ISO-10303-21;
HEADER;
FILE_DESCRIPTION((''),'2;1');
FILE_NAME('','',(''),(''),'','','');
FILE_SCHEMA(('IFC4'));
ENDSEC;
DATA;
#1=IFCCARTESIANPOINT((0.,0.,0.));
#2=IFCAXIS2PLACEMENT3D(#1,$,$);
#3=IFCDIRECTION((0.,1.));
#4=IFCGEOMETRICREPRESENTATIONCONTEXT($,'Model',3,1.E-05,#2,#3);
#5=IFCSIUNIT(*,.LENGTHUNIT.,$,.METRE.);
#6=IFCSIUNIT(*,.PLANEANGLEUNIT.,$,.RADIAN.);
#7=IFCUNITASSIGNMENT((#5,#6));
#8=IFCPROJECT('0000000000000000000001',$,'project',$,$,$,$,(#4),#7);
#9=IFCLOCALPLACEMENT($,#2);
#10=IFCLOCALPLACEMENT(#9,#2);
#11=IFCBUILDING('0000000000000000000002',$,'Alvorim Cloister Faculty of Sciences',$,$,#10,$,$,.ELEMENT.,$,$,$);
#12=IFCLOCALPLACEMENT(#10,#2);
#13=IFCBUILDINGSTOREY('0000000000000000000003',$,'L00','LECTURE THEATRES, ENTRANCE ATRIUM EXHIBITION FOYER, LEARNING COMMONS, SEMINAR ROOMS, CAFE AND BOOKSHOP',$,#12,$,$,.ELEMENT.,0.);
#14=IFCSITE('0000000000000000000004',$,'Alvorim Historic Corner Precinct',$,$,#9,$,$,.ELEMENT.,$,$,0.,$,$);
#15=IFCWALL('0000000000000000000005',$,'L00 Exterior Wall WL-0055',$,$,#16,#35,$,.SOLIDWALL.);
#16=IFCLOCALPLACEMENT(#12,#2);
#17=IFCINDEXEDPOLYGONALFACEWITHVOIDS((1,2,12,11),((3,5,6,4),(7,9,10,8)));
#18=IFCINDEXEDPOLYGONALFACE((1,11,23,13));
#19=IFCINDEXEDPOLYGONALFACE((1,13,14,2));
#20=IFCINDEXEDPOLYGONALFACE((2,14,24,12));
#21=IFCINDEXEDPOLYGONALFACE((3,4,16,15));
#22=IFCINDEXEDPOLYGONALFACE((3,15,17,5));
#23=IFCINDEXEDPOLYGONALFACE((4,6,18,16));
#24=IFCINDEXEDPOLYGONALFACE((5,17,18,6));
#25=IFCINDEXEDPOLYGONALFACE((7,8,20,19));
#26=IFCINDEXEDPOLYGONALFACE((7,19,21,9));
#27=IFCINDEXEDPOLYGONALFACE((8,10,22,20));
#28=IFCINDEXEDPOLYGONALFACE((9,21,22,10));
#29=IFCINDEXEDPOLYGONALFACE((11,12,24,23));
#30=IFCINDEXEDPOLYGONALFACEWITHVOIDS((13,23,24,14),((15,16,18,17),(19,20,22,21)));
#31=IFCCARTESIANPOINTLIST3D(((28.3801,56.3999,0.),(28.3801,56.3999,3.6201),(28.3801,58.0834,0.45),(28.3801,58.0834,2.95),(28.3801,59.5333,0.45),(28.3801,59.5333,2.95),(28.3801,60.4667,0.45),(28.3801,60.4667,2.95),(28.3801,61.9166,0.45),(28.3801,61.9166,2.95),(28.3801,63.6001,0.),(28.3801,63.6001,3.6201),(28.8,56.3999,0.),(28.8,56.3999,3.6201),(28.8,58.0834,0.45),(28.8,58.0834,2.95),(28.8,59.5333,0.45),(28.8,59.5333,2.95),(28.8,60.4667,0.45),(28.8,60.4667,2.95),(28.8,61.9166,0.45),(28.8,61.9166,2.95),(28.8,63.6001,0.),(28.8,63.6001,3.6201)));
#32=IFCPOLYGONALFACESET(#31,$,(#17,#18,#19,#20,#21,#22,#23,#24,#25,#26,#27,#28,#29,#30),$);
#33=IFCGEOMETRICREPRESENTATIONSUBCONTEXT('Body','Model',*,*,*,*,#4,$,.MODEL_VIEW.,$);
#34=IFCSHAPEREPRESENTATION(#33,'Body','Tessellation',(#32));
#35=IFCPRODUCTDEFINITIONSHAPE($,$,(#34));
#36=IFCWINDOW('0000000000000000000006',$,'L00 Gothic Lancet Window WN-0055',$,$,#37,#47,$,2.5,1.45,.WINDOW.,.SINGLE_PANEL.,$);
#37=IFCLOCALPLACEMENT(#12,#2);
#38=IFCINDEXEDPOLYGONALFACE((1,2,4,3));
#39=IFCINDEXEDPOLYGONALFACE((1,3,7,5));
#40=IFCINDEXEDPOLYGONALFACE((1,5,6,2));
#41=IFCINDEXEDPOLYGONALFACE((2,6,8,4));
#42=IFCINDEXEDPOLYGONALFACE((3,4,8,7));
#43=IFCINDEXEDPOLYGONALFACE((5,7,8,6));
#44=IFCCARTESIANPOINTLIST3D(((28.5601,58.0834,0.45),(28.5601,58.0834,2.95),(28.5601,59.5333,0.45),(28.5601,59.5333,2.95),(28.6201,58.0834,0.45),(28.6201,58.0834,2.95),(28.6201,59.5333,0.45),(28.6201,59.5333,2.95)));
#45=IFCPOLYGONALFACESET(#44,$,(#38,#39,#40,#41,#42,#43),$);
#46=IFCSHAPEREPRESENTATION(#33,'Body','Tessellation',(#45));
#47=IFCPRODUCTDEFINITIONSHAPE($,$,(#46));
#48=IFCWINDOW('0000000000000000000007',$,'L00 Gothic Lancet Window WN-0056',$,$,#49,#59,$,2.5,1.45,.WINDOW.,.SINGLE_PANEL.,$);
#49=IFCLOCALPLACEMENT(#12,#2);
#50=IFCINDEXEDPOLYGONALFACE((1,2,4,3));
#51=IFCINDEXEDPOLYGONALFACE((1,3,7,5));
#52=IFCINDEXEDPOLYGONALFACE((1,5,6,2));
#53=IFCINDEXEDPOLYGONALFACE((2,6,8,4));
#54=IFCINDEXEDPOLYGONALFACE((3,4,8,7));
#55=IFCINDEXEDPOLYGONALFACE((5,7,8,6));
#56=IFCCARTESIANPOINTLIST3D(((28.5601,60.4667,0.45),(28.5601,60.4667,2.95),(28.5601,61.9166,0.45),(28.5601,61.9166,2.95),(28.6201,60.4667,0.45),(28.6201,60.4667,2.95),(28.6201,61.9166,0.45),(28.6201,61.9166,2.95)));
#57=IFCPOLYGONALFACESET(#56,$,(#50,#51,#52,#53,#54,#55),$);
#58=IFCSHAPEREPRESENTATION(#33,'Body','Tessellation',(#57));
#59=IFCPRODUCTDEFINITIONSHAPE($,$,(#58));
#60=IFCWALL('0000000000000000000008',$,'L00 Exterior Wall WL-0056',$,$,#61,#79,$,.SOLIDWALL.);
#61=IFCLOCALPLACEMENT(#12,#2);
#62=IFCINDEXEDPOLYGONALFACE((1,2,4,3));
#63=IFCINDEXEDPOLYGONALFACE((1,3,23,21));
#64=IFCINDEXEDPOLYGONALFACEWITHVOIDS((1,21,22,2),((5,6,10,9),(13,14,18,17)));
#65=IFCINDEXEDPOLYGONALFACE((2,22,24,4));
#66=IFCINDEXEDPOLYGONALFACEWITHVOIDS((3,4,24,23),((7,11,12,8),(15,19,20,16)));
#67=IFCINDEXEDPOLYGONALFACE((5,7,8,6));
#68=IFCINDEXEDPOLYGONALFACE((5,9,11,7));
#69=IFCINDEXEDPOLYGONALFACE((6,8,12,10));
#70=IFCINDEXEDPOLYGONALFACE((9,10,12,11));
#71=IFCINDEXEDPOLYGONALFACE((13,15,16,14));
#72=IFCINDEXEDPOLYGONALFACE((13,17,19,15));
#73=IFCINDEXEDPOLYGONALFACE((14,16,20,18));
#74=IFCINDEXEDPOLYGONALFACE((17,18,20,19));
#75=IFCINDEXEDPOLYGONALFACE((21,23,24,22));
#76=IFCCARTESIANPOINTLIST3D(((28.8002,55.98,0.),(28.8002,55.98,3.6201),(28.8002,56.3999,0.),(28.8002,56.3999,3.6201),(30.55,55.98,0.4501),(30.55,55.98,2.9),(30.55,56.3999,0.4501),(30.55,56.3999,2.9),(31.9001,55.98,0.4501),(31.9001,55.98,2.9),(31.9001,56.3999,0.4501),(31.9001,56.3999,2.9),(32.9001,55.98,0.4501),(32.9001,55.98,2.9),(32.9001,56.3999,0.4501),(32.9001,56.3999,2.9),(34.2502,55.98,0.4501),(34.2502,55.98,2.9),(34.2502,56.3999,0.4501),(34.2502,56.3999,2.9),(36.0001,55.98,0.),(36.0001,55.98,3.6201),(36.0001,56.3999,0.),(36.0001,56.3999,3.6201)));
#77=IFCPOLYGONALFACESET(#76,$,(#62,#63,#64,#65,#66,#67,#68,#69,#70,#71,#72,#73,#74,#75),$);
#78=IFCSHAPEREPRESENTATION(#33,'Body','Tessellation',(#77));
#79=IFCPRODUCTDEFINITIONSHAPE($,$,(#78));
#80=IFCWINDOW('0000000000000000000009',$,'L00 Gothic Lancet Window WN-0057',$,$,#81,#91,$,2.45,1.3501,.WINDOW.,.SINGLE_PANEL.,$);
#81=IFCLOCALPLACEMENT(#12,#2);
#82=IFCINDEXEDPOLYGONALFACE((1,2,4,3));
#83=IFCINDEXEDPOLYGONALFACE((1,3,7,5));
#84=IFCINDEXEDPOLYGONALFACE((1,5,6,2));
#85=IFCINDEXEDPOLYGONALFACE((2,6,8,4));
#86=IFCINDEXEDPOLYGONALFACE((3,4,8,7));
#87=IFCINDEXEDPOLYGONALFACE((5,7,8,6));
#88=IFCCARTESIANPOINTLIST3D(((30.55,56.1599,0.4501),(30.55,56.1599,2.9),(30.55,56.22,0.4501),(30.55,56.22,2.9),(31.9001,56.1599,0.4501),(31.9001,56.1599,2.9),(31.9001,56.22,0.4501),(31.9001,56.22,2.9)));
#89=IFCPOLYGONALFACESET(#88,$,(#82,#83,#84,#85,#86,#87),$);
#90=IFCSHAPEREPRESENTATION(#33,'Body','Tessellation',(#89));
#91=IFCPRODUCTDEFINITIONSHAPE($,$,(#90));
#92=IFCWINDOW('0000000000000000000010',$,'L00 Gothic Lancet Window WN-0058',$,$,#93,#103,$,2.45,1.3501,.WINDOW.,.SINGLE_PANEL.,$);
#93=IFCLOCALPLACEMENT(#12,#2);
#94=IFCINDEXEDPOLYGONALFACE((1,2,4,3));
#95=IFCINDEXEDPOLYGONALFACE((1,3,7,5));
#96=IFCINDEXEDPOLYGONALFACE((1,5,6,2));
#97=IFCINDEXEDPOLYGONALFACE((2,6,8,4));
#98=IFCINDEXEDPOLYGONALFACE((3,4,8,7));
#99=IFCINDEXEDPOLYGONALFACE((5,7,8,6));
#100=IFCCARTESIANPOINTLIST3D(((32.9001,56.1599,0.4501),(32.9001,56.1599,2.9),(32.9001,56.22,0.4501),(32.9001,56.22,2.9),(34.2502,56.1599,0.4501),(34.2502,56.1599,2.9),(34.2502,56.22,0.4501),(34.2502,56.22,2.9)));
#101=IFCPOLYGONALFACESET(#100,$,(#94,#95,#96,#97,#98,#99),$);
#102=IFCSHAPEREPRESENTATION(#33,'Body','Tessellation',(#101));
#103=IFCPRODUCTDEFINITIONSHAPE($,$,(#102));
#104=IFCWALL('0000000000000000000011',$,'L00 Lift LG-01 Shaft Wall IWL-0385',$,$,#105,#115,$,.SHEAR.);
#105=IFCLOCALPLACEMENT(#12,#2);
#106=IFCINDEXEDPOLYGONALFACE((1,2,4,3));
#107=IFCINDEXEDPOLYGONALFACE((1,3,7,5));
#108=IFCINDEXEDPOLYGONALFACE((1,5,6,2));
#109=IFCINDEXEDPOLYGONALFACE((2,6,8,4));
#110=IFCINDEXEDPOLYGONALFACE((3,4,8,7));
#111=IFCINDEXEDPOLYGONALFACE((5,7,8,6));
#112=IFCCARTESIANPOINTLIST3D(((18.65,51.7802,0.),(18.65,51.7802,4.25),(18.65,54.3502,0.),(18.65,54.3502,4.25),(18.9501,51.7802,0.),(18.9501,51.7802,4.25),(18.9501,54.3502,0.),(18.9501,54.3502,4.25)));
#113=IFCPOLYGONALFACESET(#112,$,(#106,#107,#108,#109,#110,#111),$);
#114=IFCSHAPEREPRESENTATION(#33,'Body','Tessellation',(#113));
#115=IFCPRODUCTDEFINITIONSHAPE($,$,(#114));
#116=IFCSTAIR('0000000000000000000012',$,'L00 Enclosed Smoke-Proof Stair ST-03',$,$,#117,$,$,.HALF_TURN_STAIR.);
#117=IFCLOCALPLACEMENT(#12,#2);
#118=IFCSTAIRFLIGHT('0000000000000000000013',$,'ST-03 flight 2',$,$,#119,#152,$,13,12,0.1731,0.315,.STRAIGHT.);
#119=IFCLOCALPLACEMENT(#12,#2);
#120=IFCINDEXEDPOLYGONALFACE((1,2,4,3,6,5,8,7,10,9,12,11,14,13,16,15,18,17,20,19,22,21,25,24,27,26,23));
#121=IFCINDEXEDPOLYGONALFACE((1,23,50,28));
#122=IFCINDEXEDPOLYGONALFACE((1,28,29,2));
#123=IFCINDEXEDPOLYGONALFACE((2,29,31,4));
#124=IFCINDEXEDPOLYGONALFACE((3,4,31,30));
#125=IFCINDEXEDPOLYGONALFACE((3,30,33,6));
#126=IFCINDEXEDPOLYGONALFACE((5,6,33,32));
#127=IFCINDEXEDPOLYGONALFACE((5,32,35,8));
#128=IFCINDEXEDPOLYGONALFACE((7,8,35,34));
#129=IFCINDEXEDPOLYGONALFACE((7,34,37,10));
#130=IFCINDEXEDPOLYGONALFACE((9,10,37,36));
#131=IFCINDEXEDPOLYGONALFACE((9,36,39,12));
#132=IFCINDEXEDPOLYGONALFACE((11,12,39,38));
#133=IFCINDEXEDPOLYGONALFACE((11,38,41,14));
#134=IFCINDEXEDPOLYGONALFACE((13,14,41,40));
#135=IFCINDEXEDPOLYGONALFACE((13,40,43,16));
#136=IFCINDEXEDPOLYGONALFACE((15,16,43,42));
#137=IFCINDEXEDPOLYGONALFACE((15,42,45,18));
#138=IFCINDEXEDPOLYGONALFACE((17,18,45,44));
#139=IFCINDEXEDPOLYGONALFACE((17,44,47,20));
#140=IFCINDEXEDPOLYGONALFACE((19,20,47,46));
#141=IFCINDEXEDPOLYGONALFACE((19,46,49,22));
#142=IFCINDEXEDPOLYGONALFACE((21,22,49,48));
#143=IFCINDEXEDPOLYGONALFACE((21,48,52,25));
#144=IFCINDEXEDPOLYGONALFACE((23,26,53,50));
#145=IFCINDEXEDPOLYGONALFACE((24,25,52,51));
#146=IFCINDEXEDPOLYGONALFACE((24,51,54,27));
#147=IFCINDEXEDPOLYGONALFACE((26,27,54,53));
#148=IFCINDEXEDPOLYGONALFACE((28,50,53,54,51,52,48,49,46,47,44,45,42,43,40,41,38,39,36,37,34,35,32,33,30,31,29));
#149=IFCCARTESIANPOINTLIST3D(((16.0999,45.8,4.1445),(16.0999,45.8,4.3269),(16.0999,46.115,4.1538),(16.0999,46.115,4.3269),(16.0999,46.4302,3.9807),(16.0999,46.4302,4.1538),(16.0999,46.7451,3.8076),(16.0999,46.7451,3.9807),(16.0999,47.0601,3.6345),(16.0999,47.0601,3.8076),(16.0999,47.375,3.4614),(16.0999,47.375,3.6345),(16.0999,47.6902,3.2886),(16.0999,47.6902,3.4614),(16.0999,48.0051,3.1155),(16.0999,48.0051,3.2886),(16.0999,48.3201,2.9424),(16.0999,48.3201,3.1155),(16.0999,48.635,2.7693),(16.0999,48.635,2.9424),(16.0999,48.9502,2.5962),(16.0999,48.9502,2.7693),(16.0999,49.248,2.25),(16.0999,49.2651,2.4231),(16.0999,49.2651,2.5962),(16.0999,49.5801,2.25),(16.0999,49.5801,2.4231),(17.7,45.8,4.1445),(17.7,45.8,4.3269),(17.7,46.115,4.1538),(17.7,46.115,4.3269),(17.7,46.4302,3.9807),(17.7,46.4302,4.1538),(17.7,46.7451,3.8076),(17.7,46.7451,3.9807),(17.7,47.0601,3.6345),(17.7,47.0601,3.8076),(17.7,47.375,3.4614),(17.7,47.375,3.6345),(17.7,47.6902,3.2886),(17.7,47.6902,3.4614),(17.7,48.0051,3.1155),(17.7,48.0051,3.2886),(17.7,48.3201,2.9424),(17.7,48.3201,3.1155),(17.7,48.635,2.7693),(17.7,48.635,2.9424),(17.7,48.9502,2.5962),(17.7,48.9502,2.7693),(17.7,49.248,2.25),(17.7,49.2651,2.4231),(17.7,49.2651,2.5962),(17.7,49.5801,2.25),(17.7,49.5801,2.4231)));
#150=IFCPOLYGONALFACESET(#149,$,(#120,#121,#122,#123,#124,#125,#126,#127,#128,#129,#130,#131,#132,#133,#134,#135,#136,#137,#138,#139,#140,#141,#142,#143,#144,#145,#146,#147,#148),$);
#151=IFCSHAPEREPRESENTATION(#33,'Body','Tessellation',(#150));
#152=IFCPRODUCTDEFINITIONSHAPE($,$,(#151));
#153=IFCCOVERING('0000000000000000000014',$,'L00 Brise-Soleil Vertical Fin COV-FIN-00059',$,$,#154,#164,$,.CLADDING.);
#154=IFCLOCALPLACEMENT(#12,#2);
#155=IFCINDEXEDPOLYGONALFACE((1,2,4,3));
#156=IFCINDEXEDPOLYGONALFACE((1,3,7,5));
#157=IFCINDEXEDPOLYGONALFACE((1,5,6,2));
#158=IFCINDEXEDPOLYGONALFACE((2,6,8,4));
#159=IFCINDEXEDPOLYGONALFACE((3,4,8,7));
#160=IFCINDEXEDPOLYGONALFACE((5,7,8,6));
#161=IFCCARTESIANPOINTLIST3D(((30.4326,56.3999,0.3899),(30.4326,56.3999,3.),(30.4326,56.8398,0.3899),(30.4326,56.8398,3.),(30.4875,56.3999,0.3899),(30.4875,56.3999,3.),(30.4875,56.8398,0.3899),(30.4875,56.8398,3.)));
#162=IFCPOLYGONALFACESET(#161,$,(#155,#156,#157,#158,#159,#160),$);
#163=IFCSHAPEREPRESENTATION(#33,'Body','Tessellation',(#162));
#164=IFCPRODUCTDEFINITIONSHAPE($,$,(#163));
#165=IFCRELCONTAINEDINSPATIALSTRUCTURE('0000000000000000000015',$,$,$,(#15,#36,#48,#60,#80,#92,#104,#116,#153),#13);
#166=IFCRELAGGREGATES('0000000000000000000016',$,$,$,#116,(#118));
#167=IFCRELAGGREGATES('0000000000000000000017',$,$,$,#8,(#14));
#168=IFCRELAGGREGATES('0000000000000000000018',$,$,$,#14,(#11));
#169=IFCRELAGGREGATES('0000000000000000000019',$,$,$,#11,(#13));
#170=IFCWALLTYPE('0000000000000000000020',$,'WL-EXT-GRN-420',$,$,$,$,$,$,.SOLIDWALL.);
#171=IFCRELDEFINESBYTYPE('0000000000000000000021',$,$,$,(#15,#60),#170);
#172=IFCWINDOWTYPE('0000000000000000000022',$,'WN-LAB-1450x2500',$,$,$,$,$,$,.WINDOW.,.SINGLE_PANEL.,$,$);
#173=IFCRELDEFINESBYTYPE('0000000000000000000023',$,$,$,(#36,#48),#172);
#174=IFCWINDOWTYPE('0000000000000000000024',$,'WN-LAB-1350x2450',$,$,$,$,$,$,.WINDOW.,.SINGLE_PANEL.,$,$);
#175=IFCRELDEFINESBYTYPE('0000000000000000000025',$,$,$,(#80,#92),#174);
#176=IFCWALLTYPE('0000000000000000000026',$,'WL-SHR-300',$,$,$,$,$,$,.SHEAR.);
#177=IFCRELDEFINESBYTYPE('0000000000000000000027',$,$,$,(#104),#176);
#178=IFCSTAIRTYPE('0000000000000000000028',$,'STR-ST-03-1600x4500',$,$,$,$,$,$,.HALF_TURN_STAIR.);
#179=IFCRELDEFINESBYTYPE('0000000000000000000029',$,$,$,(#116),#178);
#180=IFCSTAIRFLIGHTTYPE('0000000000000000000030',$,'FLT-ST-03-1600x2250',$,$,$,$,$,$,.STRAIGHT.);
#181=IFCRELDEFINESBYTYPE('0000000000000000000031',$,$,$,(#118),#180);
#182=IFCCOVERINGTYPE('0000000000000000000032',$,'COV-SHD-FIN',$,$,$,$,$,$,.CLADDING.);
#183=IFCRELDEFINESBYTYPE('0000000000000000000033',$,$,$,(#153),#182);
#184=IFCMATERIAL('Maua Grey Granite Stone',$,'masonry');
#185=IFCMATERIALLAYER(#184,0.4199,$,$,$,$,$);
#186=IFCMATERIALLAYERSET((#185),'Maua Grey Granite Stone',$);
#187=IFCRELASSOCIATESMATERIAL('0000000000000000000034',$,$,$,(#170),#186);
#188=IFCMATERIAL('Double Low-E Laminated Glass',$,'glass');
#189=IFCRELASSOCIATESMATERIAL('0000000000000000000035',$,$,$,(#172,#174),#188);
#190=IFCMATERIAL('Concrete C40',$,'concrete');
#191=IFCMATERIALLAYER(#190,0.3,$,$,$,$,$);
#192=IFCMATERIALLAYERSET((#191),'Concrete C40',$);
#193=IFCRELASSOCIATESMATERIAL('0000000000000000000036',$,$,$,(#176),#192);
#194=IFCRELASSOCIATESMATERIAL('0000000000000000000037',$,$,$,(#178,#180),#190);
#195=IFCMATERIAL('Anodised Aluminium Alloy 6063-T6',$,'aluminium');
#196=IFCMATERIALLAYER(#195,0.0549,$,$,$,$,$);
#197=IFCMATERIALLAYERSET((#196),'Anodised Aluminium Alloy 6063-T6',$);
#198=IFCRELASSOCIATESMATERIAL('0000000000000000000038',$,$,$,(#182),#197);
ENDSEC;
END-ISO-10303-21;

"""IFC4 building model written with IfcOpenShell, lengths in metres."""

from ifc_helpers import new_model, si_unit, direction, frame, frame_2d, origin, place, context, subcontext, project, spatial, polyline, rectangle, outline, extrude, material, layer, layer_set, type_object, element, fill, aggregate, save


model = new_model("IFC4")

# Units and contexts
model_context = context("Model", 3, precision=1e-05, world=origin(), true_north=direction((0.0, 1.0)))
body_context = subcontext(model_context, "Body", "Model", "MODEL_VIEW")
ifc_project = project(units=[si_unit("LENGTHUNIT", "METRE"), si_unit("PLANEANGLEUNIT", "RADIAN")], contexts=[model_context])

# Site, building, storey
site_placement = place(None, origin())
site = spatial("IfcSite", under=ifc_project, at=site_placement, Name="Alvorim Historic Corner Precinct", CompositionType="ELEMENT", RefElevation=0.0)
building_placement = place(site_placement, origin())
building = spatial("IfcBuilding", under=site, at=building_placement, Name="Alvorim Cloister Faculty of Sciences", CompositionType="ELEMENT")
storey_placement = place(building_placement, origin())
storey = spatial("IfcBuildingStorey", under=building, at=storey_placement, Name="L00", Description="LECTURE THEATRES, ENTRANCE ATRIUM EXHIBITION FOYER, LEARNING COMMONS, SEMINAR ROOMS, CAFE AND BOOKSHOP", CompositionType="ELEMENT", Elevation=0.0)

# Shared definitions
ifc_material_1 = material(Name="Concrete C40", Category="concrete")

# Walls, openings, windows
ifc_material_2 = material(Name="Maua Grey Granite Stone", Category="masonry")
ifc_layer_1 = layer(ifc_material_2, 0.4199)
ifc_layer_set_1 = layer_set([ifc_layer_1], Name="Maua Grey Granite Stone")
wall_type_1 = type_object("IfcWallType", Name="WL-EXT-GRN-420", PredefinedType="SOLIDWALL", material=ifc_layer_set_1)
wall_1_placement = place(storey_placement, frame((28.5901, 56.3999, 0.0), z_axis=(0.0, 0.0, 1.0), x_axis=(0.0, 1.0, 0.0)))
wall_1 = element("IfcWall", 1, at=wall_1_placement, inside=storey, type_object=wall_type_1, Name="L00 Exterior Wall WL-0055", PredefinedType="SOLIDWALL", context=body_context, shape_type="SweptSolid", body=[
    extrude(rectangle(XDim=7.2002, YDim=0.4199, at=frame_2d((3.6001, 0.0))), origin(), (0.0, 0.0, 1.0), 3.6201),
])
opening_1_placement = place(wall_1_placement, frame((1.6833, 0.0, 0.45)))
opening_1 = element("IfcOpeningElement", 2, at=opening_1_placement, cuts=wall_1, PredefinedType="OPENING", context=body_context, shape_type="SweptSolid", body=[
    extrude(rectangle(XDim=1.45, YDim=2.5, at=frame_2d((0.7251, 1.25))), frame((0.0, 0.2219, 0.0), z_axis=(0.0, -1.0, 0.0), x_axis=(1.0, 0.0, 0.0)), (0.0, 0.0, 1.0), 0.4438),
])
opening_2_placement = place(wall_1_placement, frame((4.0667, 0.0, 0.45)))
opening_2 = element("IfcOpeningElement", 3, at=opening_2_placement, cuts=wall_1, PredefinedType="OPENING", context=body_context, shape_type="SweptSolid", body=[
    extrude(rectangle(XDim=1.45, YDim=2.5, at=frame_2d((0.7251, 1.25))), frame((0.0, 0.2219, 0.0), z_axis=(0.0, -1.0, 0.0), x_axis=(1.0, 0.0, 0.0)), (0.0, 0.0, 1.0), 0.4438),
])
ifc_material_3 = material(Name="Double Low-E Laminated Glass", Category="glass")
window_type_1 = type_object("IfcWindowType", Name="WN-LAB-1450x2500", PartitioningType="SINGLE_PANEL", PredefinedType="WINDOW", material=ifc_material_3)
window_1_placement = place(opening_1_placement, origin())
window_1 = element("IfcWindow", 4, at=window_1_placement, inside=storey, type_object=window_type_1, Name="L00 Gothic Lancet Window WN-0055", OverallHeight=2.5, OverallWidth=1.45, PartitioningType="SINGLE_PANEL", PredefinedType="WINDOW", context=body_context, shape_type="SweptSolid", body=[
    extrude(rectangle(XDim=1.45, YDim=2.5, at=frame_2d((0.7251, 1.25))), frame((0.0, 0.03, 0.0), z_axis=(0.0, -1.0, 0.0), x_axis=(1.0, 0.0, 0.0)), (0.0, 0.0, 1.0), 0.0601),
])
fill(opening_1, window_1)
window_2_placement = place(opening_2_placement, origin())
window_2 = element("IfcWindow", 5, at=window_2_placement, inside=storey, type_object=window_type_1, Name="L00 Gothic Lancet Window WN-0056", OverallHeight=2.5, OverallWidth=1.45, PartitioningType="SINGLE_PANEL", PredefinedType="WINDOW", context=body_context, shape_type="SweptSolid", body=[
    extrude(rectangle(XDim=1.45, YDim=2.5, at=frame_2d((0.7251, 1.25))), frame((0.0, 0.03, 0.0), z_axis=(0.0, -1.0, 0.0), x_axis=(1.0, 0.0, 0.0)), (0.0, 0.0, 1.0), 0.0601),
])
fill(opening_2, window_2)
wall_2_placement = place(storey_placement, frame((28.8, 56.1899, 0.0), z_axis=(0.0, 0.0, 1.0), x_axis=(1.0, 0.0, 0.0)))
wall_2 = element("IfcWall", 6, at=wall_2_placement, inside=storey, type_object=wall_type_1, Name="L00 Exterior Wall WL-0056", PredefinedType="SOLIDWALL", context=body_context, shape_type="SweptSolid", body=[
    extrude(rectangle(XDim=7.2, YDim=0.4199, at=frame_2d((3.6001, 0.0))), origin(), (0.0, 0.0, 1.0), 3.6201),
])
opening_3_placement = place(wall_2_placement, frame((1.75, 0.0, 0.45)))
opening_3 = element("IfcOpeningElement", 7, at=opening_3_placement, cuts=wall_2, PredefinedType="OPENING", context=body_context, shape_type="SweptSolid", body=[
    extrude(rectangle(XDim=1.3501, YDim=2.45, at=frame_2d((0.675, 1.2251))), frame((0.0, 0.2219, 0.0), z_axis=(0.0, -1.0, 0.0), x_axis=(1.0, 0.0, 0.0)), (0.0, 0.0, 1.0), 0.4438),
])
opening_4_placement = place(wall_2_placement, frame((4.1001, 0.0, 0.45)))
opening_4 = element("IfcOpeningElement", 8, at=opening_4_placement, cuts=wall_2, PredefinedType="OPENING", context=body_context, shape_type="SweptSolid", body=[
    extrude(rectangle(XDim=1.3501, YDim=2.45, at=frame_2d((0.675, 1.2251))), frame((0.0, 0.2219, 0.0), z_axis=(0.0, -1.0, 0.0), x_axis=(1.0, 0.0, 0.0)), (0.0, 0.0, 1.0), 0.4438),
])
window_type_2 = type_object("IfcWindowType", Name="WN-LAB-1350x2450", PartitioningType="SINGLE_PANEL", PredefinedType="WINDOW", material=ifc_material_3)
window_3_placement = place(opening_3_placement, origin())
window_3 = element("IfcWindow", 9, at=window_3_placement, inside=storey, type_object=window_type_2, Name="L00 Gothic Lancet Window WN-0057", OverallHeight=2.45, OverallWidth=1.3501, PartitioningType="SINGLE_PANEL", PredefinedType="WINDOW", context=body_context, shape_type="SweptSolid", body=[
    extrude(rectangle(XDim=1.3501, YDim=2.45, at=frame_2d((0.675, 1.2251))), frame((0.0, 0.03, 0.0), z_axis=(0.0, -1.0, 0.0), x_axis=(1.0, 0.0, 0.0)), (0.0, 0.0, 1.0), 0.0601),
])
fill(opening_3, window_3)
window_4_placement = place(opening_4_placement, origin())
window_4 = element("IfcWindow", 10, at=window_4_placement, inside=storey, type_object=window_type_2, Name="L00 Gothic Lancet Window WN-0058", OverallHeight=2.45, OverallWidth=1.3501, PartitioningType="SINGLE_PANEL", PredefinedType="WINDOW", context=body_context, shape_type="SweptSolid", body=[
    extrude(rectangle(XDim=1.3501, YDim=2.45, at=frame_2d((0.675, 1.2251))), frame((0.0, 0.03, 0.0), z_axis=(0.0, -1.0, 0.0), x_axis=(1.0, 0.0, 0.0)), (0.0, 0.0, 1.0), 0.0601),
])
fill(opening_4, window_4)

# Wall
ifc_layer_2 = layer(ifc_material_1, 0.3)
ifc_layer_set_2 = layer_set([ifc_layer_2], Name="Concrete C40")
wall_type_2 = type_object("IfcWallType", Name="WL-SHR-300", PredefinedType="SHEAR", material=ifc_layer_set_2)
wall_3_placement = place(storey_placement, frame((18.8, 51.78, 0.0), z_axis=(0.0, 0.0, 1.0), x_axis=(0.0, 1.0, 0.0)))
element("IfcWall", 11, at=wall_3_placement, inside=storey, type_object=wall_type_2, Name="L00 Lift LG-01 Shaft Wall IWL-0385", PredefinedType="SHEAR", context=body_context, shape_type="SweptSolid", body=[
    extrude(rectangle(XDim=2.5701, YDim=0.3, at=frame_2d((1.2852, 0.0))), origin(), (0.0, 0.0, 1.0), 4.25),
])

# Stair, stair flight
stair_type = type_object("IfcStairType", Name="STR-ST-03-1600x4500", PredefinedType="HALF_TURN_STAIR", material=ifc_material_1)
stair_placement = place(storey_placement, origin())
stair = element("IfcStair", 12, at=stair_placement, inside=storey, type_object=stair_type, Name="L00 Enclosed Smoke-Proof Stair ST-03", PredefinedType="HALF_TURN_STAIR")
stair_flight_type = type_object("IfcStairFlightType", Name="FLT-ST-03-1600x2250", PredefinedType="STRAIGHT", material=ifc_material_1)
stair_flight_placement = place(storey_placement, frame((16.8999, 49.5801, 2.25), z_axis=(0.0, 0.0, 1.0), x_axis=(0.0, -1.0, 0.0)))
stair_flight = element("IfcStairFlight", 13, at=stair_flight_placement, type_object=stair_flight_type, Name="ST-03 flight 2", NumberOfRisers=13, NumberOfTreads=12, PredefinedType="STRAIGHT", RiserHeight=0.1731, TreadLength=0.315, context=body_context, shape_type="SweptSolid", body=[
    extrude(outline(polyline([(0.332, 0.0), (3.78, 1.8945), (3.78, 2.25), (3.78, 2.0769), (3.4651, 2.0769), (3.4651, 1.9038), (3.1499, 1.9038), (3.1499, 1.7307), (2.835, 1.7307), (2.835, 1.5576), (2.52, 1.5576), (2.52, 1.3845), (2.2051, 1.3845), (2.2051, 1.2114), (1.8899, 1.2114), (1.8899, 1.0386), (1.575, 1.0386), (1.575, 0.8655), (1.26, 0.8655), (1.26, 0.6924), (0.9451, 0.6924), (0.9451, 0.5193), (0.6299, 0.5193), (0.6299, 0.3462), (0.3149, 0.3462), (0.3149, 0.1731), (0.0, 0.1731), (0.0, 0.0), (0.332, 0.0)])), frame((0.0, 0.8, 0.0), z_axis=(0.0, -1.0, 0.0), x_axis=(1.0, 0.0, 0.0)), (0.0, 0.0, 1.0), 1.6001),
])
aggregate(stair, [stair_flight])

# Covering
ifc_material_4 = material(Name="Anodised Aluminium Alloy 6063-T6", Category="aluminium")
ifc_layer_3 = layer(ifc_material_4, 0.0549)
ifc_layer_set_3 = layer_set([ifc_layer_3], Name="Anodised Aluminium Alloy 6063-T6")
covering_type = type_object("IfcCoveringType", Name="COV-SHD-FIN", PredefinedType="CLADDING", material=ifc_layer_set_3)
covering_placement = place(storey_placement, frame((30.46, 56.3999, 0.3899), z_axis=(0.0, 0.0, 1.0), x_axis=(0.0, 1.0, 0.0)))
element("IfcCovering", 14, at=covering_placement, inside=storey, type_object=covering_type, Name="L00 Brise-Soleil Vertical Fin COV-FIN-00059", PredefinedType="CLADDING", context=body_context, shape_type="SweptSolid", body=[
    extrude(outline(polyline([(0.0, 0.0), (0.4399, 0.0), (0.4399, 2.6101), (0.0, 2.6101), (0.0, 0.0)])), frame((0.0, 0.0273, 0.0), z_axis=(0.0, -1.0, 0.0), x_axis=(1.0, 0.0, 0.0)), (0.0, 0.0, 1.0), 0.0549),
])

save(model, "model.ifc")
